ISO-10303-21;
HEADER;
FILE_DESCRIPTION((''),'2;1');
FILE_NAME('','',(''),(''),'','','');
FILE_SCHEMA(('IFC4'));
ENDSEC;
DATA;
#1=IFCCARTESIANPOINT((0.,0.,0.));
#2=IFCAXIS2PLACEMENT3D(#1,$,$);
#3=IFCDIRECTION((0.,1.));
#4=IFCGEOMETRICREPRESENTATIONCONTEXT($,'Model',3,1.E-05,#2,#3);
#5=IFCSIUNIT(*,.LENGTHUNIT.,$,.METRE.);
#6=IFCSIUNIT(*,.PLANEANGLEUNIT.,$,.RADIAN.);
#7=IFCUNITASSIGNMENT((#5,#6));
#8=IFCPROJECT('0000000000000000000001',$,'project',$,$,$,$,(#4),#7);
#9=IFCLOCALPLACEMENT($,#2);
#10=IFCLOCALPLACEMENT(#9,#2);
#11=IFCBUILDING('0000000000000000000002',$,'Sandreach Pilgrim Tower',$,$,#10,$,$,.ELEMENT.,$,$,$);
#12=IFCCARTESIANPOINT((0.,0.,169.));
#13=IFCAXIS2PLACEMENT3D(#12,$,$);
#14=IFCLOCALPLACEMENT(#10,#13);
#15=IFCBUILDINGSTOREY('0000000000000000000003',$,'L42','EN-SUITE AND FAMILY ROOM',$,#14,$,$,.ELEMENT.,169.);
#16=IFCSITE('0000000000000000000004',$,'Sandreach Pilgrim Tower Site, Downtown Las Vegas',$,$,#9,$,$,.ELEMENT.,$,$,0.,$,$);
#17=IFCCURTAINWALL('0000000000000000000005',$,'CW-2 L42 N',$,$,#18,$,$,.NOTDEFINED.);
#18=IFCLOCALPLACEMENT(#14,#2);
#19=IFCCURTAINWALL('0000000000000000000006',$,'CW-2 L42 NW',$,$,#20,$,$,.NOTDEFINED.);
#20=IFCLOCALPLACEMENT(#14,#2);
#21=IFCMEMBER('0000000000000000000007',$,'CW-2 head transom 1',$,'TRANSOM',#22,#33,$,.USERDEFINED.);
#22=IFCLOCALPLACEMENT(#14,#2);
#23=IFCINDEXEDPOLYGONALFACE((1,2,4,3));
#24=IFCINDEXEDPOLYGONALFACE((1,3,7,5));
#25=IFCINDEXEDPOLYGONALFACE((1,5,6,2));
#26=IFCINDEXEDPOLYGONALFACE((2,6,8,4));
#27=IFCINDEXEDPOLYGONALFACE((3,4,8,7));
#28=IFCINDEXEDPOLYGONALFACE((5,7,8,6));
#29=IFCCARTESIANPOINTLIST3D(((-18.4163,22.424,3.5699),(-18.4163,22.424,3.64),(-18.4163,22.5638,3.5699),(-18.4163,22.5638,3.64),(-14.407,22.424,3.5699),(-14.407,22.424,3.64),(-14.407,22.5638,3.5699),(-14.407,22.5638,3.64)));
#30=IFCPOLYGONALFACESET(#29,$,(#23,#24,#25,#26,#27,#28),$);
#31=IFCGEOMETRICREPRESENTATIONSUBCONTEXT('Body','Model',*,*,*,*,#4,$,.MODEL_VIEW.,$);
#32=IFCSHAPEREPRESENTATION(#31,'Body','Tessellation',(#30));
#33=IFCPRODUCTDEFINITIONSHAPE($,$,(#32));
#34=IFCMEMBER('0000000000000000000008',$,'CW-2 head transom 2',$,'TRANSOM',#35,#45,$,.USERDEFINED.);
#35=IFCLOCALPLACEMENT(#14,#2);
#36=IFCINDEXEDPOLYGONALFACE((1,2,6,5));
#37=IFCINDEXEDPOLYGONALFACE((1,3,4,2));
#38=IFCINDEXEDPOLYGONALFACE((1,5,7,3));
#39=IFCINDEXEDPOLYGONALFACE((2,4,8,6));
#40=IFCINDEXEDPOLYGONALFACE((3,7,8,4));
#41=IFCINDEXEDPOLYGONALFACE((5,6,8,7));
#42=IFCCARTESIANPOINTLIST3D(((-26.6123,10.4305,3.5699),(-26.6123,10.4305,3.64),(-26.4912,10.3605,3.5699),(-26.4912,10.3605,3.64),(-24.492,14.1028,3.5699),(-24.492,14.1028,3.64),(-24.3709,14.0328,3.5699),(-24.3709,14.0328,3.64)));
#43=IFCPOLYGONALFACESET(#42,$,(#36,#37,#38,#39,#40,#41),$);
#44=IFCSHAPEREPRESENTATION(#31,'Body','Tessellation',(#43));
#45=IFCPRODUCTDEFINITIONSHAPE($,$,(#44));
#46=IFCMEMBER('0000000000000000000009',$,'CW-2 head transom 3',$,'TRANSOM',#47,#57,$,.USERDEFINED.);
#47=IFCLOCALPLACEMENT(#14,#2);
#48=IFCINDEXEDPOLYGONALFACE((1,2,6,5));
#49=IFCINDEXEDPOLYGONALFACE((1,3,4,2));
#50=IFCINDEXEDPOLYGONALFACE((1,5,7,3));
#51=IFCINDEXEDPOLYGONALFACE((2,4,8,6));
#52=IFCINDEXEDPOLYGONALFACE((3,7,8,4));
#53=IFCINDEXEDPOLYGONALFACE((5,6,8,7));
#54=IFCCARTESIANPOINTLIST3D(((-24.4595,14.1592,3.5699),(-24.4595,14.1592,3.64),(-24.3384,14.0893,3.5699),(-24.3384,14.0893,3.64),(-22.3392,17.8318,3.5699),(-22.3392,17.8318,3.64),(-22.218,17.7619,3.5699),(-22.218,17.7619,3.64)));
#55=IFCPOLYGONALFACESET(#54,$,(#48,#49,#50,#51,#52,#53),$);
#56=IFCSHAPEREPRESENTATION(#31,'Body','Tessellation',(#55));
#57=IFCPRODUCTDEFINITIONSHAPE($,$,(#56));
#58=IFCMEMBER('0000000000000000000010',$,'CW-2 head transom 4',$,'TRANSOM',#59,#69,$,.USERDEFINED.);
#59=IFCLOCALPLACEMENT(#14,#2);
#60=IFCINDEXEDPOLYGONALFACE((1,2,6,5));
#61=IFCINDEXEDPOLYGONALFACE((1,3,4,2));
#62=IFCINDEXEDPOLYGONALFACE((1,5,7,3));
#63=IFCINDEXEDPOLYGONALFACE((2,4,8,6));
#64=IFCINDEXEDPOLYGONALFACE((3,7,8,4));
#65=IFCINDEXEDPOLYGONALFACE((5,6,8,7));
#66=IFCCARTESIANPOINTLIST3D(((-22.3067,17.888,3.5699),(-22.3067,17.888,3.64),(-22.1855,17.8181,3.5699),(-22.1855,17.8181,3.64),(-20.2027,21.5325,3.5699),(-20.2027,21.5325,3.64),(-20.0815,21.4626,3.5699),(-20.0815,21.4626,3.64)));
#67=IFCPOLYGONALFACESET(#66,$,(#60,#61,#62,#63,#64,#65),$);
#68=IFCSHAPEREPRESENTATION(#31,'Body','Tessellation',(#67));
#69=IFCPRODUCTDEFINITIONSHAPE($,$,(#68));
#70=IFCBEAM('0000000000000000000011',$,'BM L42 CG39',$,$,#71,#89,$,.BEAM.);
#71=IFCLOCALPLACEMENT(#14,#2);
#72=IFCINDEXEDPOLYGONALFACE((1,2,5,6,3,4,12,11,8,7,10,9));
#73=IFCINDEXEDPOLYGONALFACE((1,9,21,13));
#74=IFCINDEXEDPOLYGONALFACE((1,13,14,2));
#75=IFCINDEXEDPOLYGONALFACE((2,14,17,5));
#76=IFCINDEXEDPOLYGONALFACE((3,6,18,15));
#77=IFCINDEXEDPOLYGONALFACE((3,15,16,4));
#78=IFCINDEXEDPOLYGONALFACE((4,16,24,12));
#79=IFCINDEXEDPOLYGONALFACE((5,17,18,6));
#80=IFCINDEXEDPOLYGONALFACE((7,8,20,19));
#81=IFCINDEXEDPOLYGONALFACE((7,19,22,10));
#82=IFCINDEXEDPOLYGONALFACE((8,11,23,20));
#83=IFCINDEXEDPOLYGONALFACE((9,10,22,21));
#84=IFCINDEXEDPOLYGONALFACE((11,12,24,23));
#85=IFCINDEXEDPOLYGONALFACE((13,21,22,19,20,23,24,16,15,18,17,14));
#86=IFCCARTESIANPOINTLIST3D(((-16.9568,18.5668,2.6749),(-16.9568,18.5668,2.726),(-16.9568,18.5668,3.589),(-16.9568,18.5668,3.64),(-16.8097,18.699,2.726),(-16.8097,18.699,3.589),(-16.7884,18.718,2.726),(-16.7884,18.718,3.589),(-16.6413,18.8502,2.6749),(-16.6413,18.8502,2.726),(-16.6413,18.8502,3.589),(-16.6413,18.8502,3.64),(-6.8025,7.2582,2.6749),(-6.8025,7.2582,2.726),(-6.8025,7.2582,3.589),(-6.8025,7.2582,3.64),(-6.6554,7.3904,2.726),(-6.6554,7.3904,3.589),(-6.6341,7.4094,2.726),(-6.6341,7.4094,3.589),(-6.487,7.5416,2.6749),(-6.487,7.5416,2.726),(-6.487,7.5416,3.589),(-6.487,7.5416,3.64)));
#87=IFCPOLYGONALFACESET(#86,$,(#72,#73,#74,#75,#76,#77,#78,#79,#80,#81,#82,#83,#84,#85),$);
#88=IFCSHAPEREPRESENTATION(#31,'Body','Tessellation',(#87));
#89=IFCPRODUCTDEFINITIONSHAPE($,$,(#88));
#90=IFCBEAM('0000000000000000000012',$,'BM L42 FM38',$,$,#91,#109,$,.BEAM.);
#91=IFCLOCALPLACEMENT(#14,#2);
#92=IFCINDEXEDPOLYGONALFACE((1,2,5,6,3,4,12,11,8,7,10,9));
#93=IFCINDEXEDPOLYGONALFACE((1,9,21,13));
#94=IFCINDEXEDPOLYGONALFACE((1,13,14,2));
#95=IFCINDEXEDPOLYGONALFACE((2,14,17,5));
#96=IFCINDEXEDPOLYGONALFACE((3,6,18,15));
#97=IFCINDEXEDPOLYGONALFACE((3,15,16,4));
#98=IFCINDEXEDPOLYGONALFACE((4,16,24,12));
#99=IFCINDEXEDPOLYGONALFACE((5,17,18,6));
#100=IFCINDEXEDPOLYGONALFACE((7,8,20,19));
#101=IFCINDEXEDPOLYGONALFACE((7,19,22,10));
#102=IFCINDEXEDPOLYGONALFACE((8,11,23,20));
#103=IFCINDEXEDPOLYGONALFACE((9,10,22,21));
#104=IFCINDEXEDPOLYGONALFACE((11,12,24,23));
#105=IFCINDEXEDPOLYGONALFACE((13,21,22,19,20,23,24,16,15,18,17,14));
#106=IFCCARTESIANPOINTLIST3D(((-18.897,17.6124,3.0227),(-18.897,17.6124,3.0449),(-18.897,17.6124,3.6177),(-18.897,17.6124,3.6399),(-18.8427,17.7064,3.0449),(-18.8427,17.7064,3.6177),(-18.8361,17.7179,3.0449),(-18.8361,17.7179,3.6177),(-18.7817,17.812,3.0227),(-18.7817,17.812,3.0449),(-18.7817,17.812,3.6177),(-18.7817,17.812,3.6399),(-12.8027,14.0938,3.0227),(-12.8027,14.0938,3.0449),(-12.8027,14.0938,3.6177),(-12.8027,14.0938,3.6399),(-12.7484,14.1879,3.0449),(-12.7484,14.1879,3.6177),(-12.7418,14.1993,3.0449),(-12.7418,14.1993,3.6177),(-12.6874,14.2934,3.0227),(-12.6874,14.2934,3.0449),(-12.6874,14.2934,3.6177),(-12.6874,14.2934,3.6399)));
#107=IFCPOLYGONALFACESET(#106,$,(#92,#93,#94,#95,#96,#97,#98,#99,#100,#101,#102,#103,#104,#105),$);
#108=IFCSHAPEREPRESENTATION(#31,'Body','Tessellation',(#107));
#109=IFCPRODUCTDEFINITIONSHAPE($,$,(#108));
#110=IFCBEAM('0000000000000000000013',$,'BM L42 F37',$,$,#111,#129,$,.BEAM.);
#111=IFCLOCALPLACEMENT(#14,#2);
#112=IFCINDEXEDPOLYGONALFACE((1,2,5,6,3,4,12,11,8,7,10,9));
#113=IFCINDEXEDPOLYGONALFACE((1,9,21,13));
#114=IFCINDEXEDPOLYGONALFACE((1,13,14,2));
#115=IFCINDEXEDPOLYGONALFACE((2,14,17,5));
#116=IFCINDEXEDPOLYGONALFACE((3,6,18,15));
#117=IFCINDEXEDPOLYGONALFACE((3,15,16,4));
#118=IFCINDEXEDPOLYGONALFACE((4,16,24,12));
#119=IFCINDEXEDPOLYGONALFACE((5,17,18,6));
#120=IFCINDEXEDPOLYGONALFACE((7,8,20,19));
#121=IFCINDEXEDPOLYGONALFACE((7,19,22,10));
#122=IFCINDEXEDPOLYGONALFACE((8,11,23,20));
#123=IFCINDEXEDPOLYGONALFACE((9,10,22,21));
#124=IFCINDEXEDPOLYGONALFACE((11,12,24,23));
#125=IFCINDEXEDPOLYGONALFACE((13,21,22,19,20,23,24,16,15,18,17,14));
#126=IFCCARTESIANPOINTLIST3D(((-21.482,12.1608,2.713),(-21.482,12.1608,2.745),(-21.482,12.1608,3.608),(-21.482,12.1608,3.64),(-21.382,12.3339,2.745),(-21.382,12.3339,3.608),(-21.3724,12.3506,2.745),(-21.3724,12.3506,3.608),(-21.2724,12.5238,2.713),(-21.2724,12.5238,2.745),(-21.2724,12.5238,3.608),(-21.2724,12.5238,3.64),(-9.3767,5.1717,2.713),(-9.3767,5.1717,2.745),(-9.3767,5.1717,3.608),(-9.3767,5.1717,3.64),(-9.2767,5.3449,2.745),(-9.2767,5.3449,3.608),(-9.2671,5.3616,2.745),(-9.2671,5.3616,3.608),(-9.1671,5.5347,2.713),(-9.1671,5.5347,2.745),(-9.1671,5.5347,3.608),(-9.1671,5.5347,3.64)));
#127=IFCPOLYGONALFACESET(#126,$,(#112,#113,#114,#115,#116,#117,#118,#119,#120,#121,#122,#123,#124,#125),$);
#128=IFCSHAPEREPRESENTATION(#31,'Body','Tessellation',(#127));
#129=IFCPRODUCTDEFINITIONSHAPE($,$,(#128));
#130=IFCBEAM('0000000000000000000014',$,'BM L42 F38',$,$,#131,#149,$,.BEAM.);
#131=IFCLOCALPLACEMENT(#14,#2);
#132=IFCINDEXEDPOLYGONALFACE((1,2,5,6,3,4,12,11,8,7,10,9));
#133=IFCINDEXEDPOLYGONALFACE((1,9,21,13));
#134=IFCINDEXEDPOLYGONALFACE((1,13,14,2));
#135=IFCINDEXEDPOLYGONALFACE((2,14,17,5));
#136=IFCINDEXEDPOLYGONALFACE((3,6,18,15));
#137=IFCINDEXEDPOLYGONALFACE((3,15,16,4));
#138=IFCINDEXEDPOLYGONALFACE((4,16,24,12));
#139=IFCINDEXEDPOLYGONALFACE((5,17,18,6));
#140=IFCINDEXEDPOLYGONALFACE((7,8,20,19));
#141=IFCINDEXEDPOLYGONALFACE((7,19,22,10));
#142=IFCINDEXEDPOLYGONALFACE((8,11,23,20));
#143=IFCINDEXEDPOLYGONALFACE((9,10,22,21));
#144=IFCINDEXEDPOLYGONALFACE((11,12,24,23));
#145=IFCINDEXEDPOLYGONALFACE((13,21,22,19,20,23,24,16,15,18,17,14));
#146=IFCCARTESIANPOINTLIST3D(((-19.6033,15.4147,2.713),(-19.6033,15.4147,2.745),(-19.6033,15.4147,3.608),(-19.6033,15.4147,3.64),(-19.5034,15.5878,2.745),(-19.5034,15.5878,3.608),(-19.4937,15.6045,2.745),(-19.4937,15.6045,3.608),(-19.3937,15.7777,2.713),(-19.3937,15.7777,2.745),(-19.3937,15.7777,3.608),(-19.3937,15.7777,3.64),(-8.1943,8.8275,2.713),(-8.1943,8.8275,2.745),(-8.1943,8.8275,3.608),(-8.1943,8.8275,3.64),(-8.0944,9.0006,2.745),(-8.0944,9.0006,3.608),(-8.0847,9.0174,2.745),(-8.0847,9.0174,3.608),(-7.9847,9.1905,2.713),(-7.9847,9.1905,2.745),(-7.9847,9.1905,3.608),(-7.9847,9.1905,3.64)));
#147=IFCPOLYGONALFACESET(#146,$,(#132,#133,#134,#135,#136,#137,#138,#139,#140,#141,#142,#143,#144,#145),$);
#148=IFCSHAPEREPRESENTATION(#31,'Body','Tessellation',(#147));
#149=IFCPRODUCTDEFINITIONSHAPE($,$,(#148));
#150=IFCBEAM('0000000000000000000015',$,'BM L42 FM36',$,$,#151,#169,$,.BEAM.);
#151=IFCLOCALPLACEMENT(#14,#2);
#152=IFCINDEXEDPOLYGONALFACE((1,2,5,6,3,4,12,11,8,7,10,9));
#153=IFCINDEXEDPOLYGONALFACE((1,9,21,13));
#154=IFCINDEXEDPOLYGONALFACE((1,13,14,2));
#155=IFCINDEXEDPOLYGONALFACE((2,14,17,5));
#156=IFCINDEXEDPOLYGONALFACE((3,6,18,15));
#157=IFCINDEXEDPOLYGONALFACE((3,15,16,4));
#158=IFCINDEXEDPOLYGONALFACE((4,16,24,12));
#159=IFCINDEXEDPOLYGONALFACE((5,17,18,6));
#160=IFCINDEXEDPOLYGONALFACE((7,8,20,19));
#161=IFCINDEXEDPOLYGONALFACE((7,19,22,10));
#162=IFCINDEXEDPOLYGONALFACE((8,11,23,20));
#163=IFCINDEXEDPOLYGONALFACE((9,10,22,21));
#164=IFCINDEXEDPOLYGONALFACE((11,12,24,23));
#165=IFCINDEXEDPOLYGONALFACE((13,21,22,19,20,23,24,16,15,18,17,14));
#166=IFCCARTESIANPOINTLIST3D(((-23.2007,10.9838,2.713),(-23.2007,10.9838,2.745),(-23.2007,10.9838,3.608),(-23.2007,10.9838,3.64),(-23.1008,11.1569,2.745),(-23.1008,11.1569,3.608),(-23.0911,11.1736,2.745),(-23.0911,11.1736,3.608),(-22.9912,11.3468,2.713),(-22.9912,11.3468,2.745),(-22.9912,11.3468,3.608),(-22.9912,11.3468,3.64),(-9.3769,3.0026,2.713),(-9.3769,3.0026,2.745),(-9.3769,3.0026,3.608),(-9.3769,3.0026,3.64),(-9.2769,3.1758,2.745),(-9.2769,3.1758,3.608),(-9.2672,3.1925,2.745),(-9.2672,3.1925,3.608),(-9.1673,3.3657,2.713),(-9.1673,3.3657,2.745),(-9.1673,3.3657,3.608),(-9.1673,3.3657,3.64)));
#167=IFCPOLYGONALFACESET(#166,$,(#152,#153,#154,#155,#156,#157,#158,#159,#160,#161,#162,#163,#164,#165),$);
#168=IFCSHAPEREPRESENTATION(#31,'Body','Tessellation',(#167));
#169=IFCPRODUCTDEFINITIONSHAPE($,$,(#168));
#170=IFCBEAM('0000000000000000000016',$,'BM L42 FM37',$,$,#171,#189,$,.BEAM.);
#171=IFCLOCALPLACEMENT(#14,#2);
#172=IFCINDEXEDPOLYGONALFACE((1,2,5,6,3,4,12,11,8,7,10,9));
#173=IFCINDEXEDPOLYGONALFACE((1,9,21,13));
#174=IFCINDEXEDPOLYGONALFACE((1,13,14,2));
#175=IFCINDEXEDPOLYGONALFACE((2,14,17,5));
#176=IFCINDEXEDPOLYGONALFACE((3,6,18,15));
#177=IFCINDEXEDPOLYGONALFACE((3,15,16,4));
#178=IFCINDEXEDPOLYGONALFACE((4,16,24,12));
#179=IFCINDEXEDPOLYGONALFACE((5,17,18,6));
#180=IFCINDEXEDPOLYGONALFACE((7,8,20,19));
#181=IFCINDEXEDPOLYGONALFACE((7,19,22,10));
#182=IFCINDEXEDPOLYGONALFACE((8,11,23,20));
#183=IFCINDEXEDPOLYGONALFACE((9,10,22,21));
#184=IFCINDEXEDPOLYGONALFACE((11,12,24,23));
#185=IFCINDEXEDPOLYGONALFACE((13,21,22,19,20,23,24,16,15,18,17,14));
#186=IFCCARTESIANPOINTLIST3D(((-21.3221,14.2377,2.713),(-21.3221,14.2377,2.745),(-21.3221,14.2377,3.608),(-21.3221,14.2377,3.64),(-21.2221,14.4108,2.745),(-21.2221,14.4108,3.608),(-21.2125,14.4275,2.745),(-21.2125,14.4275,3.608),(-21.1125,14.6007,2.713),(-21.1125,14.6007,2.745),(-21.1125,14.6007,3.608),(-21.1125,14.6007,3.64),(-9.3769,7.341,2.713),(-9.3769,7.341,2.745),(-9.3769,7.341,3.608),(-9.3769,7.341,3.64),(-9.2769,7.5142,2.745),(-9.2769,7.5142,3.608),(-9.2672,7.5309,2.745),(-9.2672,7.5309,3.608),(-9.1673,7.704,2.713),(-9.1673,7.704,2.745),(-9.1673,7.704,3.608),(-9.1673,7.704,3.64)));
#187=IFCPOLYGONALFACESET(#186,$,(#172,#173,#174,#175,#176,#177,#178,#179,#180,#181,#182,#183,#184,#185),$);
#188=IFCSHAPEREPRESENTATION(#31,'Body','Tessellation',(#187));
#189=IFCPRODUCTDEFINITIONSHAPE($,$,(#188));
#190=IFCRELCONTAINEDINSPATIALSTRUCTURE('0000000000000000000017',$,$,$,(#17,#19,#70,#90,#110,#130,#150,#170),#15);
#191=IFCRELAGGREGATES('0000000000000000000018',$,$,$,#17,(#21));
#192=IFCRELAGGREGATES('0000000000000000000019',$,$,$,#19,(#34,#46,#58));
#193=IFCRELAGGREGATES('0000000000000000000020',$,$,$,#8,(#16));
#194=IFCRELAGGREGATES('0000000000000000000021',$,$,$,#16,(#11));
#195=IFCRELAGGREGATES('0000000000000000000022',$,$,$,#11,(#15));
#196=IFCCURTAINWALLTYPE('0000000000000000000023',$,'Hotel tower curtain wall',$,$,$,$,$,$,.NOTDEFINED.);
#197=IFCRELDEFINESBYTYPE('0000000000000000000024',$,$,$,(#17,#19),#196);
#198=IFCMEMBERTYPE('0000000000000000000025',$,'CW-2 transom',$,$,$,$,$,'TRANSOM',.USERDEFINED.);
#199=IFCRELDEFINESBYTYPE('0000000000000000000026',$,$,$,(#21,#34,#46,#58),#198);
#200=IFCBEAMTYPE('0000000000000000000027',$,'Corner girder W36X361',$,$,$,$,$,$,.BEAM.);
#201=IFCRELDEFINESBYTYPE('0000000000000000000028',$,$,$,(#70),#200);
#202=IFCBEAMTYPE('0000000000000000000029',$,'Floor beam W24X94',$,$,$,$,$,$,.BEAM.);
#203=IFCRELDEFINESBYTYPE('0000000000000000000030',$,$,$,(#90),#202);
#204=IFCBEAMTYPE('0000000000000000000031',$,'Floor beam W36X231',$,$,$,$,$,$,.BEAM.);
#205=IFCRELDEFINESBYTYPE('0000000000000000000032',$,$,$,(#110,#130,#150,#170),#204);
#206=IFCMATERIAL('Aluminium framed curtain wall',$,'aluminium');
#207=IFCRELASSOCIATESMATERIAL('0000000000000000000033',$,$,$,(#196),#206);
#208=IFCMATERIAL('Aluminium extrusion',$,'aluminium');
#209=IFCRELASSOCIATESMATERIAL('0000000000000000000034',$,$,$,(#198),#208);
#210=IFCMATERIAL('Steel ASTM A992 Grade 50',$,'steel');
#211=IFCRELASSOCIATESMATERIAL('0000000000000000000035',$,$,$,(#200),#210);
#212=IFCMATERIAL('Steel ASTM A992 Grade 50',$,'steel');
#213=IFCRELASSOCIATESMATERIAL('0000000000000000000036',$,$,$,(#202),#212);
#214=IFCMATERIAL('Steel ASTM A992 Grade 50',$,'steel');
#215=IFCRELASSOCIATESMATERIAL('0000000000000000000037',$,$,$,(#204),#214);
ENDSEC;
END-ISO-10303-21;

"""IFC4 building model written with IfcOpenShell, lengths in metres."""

from ifc_helpers import new_model, si_unit, direction, frame, origin, origin_2d, place, context, subcontext, project, spatial, rectangle, i_section, extrude, material, material_profile, profile_set, type_object, element, aggregate, save


model = new_model("IFC4")

# Units and contexts
model_context = context("Model", 3, precision=1e-05, world=origin(), true_north=direction((0.0, 1.0)))
body_context = subcontext(model_context, "Body", "Model", "MODEL_VIEW")
ifc_project = project(units=[si_unit("LENGTHUNIT", "METRE"), si_unit("PLANEANGLEUNIT", "RADIAN")], contexts=[model_context])

# Site, building, storey
site_placement = place(None, origin())
site = spatial("IfcSite", under=ifc_project, at=site_placement, Name="Sandreach Pilgrim Tower Site, Downtown Las Vegas", CompositionType="ELEMENT", RefElevation=0.0)
building_placement = place(site_placement, origin())
building = spatial("IfcBuilding", under=site, at=building_placement, Name="Sandreach Pilgrim Tower", CompositionType="ELEMENT")
storey_placement = place(building_placement, frame((0.0, 0.0, 169.0)))
storey = spatial("IfcBuildingStorey", under=building, at=storey_placement, Name="L42", Description="EN-SUITE AND FAMILY ROOM", CompositionType="ELEMENT", Elevation=169.0)

# Curtain wall
ifc_material_1 = material(Name="Aluminium framed curtain wall", Category="aluminium")
curtain_wall_type = type_object("IfcCurtainWallType", Name="Hotel tower curtain wall", PredefinedType="NOTDEFINED", material=ifc_material_1)
curtain_wall_1_placement = place(storey_placement, origin())
curtain_wall_1 = element("IfcCurtainWall", 1, at=curtain_wall_1_placement, inside=storey, type_object=curtain_wall_type, Name="CW-2 L42 N", PredefinedType="NOTDEFINED")

# Curtain wall
curtain_wall_2_placement = place(storey_placement, origin())
curtain_wall_2 = element("IfcCurtainWall", 2, at=curtain_wall_2_placement, inside=storey, type_object=curtain_wall_type, Name="CW-2 L42 NW", PredefinedType="NOTDEFINED")

# Members
ifc_material_2 = material(Name="Aluminium extrusion", Category="aluminium")
ifc_material_profile_1 = material_profile(ifc_material_2, rectangle(XDim=0.1399, YDim=0.0701, at=origin_2d()), Name="CW-2T 140X70")
ifc_profile_set_1 = profile_set([ifc_material_profile_1], Name="Aluminium extrusion")
member_type_1 = type_object("IfcMemberType", Name="CW-2 transom", ElementType="TRANSOM", PredefinedType="USERDEFINED", material=ifc_profile_set_1)
member_1_placement = place(storey_placement, frame((-18.4163, 22.4939, 3.605), z_axis=(1.0, 0.0, 0.0), x_axis=(0.0, 1.0, 0.0)))
member_1 = element("IfcMember", 3, at=member_1_placement, type_object=member_type_1, Name="CW-2 head transom 1", ObjectType="TRANSOM", PredefinedType="USERDEFINED", context=body_context, shape_type="SweptSolid", body=[
    extrude(rectangle(XDim=0.1399, YDim=0.0701, at=origin_2d()), origin(), (0.0, 0.0, 1.0), 4.0093),
])
member_2_placement = place(storey_placement, frame((-26.5518, 10.3955, 3.605), z_axis=(0.500021, 0.866013, 0.0), x_axis=(-0.866013, 0.500021, 0.0)))
member_2 = element("IfcMember", 4, at=member_2_placement, type_object=member_type_1, Name="CW-2 head transom 2", ObjectType="TRANSOM", PredefinedType="USERDEFINED", context=body_context, shape_type="SweptSolid", body=[
    extrude(rectangle(XDim=0.1399, YDim=0.0701, at=origin_2d()), origin(), (0.0, 0.0, 1.0), 4.2405),
])
member_3_placement = place(storey_placement, frame((-24.3989, 14.1243, 3.605), z_axis=(0.499997, 0.866027, 0.0), x_axis=(-0.866027, 0.499997, 0.0)))
member_3 = element("IfcMember", 5, at=member_3_placement, type_object=member_type_1, Name="CW-2 head transom 3", ObjectType="TRANSOM", PredefinedType="USERDEFINED", context=body_context, shape_type="SweptSolid", body=[
    extrude(rectangle(XDim=0.1399, YDim=0.0701, at=origin_2d()), origin(), (0.0, 0.0, 1.0), 4.2407),
])
member_4_placement = place(storey_placement, frame((-22.2461, 17.853, 3.605), z_axis=(0.49997, 0.866043, 0.0), x_axis=(-0.866043, 0.49997, 0.0)))
member_4 = element("IfcMember", 6, at=member_4_placement, type_object=member_type_1, Name="CW-2 head transom 4", ObjectType="TRANSOM", PredefinedType="USERDEFINED", context=body_context, shape_type="SweptSolid", body=[
    extrude(rectangle(XDim=0.1399, YDim=0.0701, at=origin_2d()), origin(), (0.0, 0.0, 1.0), 4.2083),
])

# Beams
ifc_material_3 = material(Name="Steel ASTM A992 Grade 50", Category="steel")
ifc_material_profile_2 = material_profile(ifc_material_3, i_section(OverallWidth=0.4241, OverallDepth=0.9651, WebThickness=0.0286, FlangeThickness=0.051, at=origin_2d()), Name="W36X361")
ifc_profile_set_2 = profile_set([ifc_material_profile_2], Name="Steel ASTM A992 Grade 50")
beam_type_1 = type_object("IfcBeamType", Name="Corner girder W36X361", PredefinedType="BEAM", material=ifc_profile_set_2)
beam_1_placement = place(storey_placement, frame((-16.7991, 18.7085, 3.1575), z_axis=(0.668112, -0.74406, 0.0), x_axis=(0.74406, 0.668112, 0.0)))
element("IfcBeam", 7, at=beam_1_placement, inside=storey, type_object=beam_type_1, Name="BM L42 CG39", PredefinedType="BEAM", context=body_context, shape_type="SweptSolid", body=[
    extrude(i_section(OverallWidth=0.4241, OverallDepth=0.9651, WebThickness=0.0286, FlangeThickness=0.051, at=origin_2d()), origin(), (0.0, 0.0, 1.0), 15.1985),
])
ifc_material_4 = material(Name="Steel ASTM A992 Grade 50", Category="steel")
ifc_material_profile_3 = material_profile(ifc_material_4, i_section(OverallWidth=0.2305, OverallDepth=0.6172, WebThickness=0.0132, FlangeThickness=0.0222, at=origin_2d()), Name="W24X94")
ifc_profile_set_3 = profile_set([ifc_material_profile_3], Name="Steel ASTM A992 Grade 50")
beam_type_2 = type_object("IfcBeamType", Name="Floor beam W24X94", PredefinedType="BEAM", material=ifc_profile_set_3)
beam_2_placement = place(storey_placement, frame((-18.8394, 17.7122, 3.3313), z_axis=(0.866023, -0.500005, 0.0), x_axis=(0.500005, 0.866023, 0.0)))
element("IfcBeam", 8, at=beam_2_placement, inside=storey, type_object=beam_type_2, Name="BM L42 FM38", PredefinedType="BEAM", context=body_context, shape_type="SweptSolid", body=[
    extrude(i_section(OverallWidth=0.2305, OverallDepth=0.6172, WebThickness=0.0132, FlangeThickness=0.0222, at=origin_2d()), origin(), (0.0, 0.0, 1.0), 7.0371),
])
ifc_material_5 = material(Name="Steel ASTM A992 Grade 50", Category="steel")
ifc_material_profile_4 = material_profile(ifc_material_5, i_section(OverallWidth=0.4192, OverallDepth=0.927, WebThickness=0.0193, FlangeThickness=0.032, at=origin_2d()), Name="W36X231")
ifc_profile_set_4 = profile_set([ifc_material_profile_4], Name="Steel ASTM A992 Grade 50")
beam_type_3 = type_object("IfcBeamType", Name="Floor beam W36X231", PredefinedType="BEAM", material=ifc_profile_set_4)
beam_3_placement = place(storey_placement, frame((-21.3772, 12.3423, 3.1765), z_axis=(0.866024, -0.500003, 0.0), x_axis=(0.500003, 0.866024, 0.0)))
element("IfcBeam", 9, at=beam_3_placement, inside=storey, type_object=beam_type_3, Name="BM L42 F37", PredefinedType="BEAM", context=body_context, shape_type="SweptSolid", body=[
    extrude(i_section(OverallWidth=0.4192, OverallDepth=0.927, WebThickness=0.0193, FlangeThickness=0.032, at=origin_2d()), origin(), (0.0, 0.0, 1.0), 13.978),
])
beam_4_placement = place(storey_placement, frame((-19.4985, 15.5962, 3.1765), z_axis=(0.866019, -0.500012, 0.0), x_axis=(0.500012, 0.866019, 0.0)))
element("IfcBeam", 10, at=beam_4_placement, inside=storey, type_object=beam_type_3, Name="BM L42 F38", PredefinedType="BEAM", context=body_context, shape_type="SweptSolid", body=[
    extrude(i_section(OverallWidth=0.4192, OverallDepth=0.927, WebThickness=0.0193, FlangeThickness=0.032, at=origin_2d()), origin(), (0.0, 0.0, 1.0), 13.1741),
])
beam_5_placement = place(storey_placement, frame((-23.0959, 11.1653, 3.1765), z_axis=(0.866027, -0.499997, 0.0), x_axis=(0.499997, 0.866027, 0.0)))
element("IfcBeam", 11, at=beam_5_placement, inside=storey, type_object=beam_type_3, Name="BM L42 FM36", PredefinedType="BEAM", context=body_context, shape_type="SweptSolid", body=[
    extrude(i_section(OverallWidth=0.4192, OverallDepth=0.927, WebThickness=0.0193, FlangeThickness=0.032, at=origin_2d()), origin(), (0.0, 0.0, 1.0), 15.9624),
])
beam_6_placement = place(storey_placement, frame((-21.2173, 14.4192, 3.1765), z_axis=(0.866022, -0.500005, 0.0), x_axis=(0.500005, 0.866022, 0.0)))
element("IfcBeam", 12, at=beam_6_placement, inside=storey, type_object=beam_type_3, Name="BM L42 FM37", PredefinedType="BEAM", context=body_context, shape_type="SweptSolid", body=[
    extrude(i_section(OverallWidth=0.4192, OverallDepth=0.927, WebThickness=0.0193, FlangeThickness=0.032, at=origin_2d()), origin(), (0.0, 0.0, 1.0), 13.7932),
])

aggregate(curtain_wall_1, [member_1])
aggregate(curtain_wall_2, [member_2, member_3, member_4])

save(model, "model.ifc")
